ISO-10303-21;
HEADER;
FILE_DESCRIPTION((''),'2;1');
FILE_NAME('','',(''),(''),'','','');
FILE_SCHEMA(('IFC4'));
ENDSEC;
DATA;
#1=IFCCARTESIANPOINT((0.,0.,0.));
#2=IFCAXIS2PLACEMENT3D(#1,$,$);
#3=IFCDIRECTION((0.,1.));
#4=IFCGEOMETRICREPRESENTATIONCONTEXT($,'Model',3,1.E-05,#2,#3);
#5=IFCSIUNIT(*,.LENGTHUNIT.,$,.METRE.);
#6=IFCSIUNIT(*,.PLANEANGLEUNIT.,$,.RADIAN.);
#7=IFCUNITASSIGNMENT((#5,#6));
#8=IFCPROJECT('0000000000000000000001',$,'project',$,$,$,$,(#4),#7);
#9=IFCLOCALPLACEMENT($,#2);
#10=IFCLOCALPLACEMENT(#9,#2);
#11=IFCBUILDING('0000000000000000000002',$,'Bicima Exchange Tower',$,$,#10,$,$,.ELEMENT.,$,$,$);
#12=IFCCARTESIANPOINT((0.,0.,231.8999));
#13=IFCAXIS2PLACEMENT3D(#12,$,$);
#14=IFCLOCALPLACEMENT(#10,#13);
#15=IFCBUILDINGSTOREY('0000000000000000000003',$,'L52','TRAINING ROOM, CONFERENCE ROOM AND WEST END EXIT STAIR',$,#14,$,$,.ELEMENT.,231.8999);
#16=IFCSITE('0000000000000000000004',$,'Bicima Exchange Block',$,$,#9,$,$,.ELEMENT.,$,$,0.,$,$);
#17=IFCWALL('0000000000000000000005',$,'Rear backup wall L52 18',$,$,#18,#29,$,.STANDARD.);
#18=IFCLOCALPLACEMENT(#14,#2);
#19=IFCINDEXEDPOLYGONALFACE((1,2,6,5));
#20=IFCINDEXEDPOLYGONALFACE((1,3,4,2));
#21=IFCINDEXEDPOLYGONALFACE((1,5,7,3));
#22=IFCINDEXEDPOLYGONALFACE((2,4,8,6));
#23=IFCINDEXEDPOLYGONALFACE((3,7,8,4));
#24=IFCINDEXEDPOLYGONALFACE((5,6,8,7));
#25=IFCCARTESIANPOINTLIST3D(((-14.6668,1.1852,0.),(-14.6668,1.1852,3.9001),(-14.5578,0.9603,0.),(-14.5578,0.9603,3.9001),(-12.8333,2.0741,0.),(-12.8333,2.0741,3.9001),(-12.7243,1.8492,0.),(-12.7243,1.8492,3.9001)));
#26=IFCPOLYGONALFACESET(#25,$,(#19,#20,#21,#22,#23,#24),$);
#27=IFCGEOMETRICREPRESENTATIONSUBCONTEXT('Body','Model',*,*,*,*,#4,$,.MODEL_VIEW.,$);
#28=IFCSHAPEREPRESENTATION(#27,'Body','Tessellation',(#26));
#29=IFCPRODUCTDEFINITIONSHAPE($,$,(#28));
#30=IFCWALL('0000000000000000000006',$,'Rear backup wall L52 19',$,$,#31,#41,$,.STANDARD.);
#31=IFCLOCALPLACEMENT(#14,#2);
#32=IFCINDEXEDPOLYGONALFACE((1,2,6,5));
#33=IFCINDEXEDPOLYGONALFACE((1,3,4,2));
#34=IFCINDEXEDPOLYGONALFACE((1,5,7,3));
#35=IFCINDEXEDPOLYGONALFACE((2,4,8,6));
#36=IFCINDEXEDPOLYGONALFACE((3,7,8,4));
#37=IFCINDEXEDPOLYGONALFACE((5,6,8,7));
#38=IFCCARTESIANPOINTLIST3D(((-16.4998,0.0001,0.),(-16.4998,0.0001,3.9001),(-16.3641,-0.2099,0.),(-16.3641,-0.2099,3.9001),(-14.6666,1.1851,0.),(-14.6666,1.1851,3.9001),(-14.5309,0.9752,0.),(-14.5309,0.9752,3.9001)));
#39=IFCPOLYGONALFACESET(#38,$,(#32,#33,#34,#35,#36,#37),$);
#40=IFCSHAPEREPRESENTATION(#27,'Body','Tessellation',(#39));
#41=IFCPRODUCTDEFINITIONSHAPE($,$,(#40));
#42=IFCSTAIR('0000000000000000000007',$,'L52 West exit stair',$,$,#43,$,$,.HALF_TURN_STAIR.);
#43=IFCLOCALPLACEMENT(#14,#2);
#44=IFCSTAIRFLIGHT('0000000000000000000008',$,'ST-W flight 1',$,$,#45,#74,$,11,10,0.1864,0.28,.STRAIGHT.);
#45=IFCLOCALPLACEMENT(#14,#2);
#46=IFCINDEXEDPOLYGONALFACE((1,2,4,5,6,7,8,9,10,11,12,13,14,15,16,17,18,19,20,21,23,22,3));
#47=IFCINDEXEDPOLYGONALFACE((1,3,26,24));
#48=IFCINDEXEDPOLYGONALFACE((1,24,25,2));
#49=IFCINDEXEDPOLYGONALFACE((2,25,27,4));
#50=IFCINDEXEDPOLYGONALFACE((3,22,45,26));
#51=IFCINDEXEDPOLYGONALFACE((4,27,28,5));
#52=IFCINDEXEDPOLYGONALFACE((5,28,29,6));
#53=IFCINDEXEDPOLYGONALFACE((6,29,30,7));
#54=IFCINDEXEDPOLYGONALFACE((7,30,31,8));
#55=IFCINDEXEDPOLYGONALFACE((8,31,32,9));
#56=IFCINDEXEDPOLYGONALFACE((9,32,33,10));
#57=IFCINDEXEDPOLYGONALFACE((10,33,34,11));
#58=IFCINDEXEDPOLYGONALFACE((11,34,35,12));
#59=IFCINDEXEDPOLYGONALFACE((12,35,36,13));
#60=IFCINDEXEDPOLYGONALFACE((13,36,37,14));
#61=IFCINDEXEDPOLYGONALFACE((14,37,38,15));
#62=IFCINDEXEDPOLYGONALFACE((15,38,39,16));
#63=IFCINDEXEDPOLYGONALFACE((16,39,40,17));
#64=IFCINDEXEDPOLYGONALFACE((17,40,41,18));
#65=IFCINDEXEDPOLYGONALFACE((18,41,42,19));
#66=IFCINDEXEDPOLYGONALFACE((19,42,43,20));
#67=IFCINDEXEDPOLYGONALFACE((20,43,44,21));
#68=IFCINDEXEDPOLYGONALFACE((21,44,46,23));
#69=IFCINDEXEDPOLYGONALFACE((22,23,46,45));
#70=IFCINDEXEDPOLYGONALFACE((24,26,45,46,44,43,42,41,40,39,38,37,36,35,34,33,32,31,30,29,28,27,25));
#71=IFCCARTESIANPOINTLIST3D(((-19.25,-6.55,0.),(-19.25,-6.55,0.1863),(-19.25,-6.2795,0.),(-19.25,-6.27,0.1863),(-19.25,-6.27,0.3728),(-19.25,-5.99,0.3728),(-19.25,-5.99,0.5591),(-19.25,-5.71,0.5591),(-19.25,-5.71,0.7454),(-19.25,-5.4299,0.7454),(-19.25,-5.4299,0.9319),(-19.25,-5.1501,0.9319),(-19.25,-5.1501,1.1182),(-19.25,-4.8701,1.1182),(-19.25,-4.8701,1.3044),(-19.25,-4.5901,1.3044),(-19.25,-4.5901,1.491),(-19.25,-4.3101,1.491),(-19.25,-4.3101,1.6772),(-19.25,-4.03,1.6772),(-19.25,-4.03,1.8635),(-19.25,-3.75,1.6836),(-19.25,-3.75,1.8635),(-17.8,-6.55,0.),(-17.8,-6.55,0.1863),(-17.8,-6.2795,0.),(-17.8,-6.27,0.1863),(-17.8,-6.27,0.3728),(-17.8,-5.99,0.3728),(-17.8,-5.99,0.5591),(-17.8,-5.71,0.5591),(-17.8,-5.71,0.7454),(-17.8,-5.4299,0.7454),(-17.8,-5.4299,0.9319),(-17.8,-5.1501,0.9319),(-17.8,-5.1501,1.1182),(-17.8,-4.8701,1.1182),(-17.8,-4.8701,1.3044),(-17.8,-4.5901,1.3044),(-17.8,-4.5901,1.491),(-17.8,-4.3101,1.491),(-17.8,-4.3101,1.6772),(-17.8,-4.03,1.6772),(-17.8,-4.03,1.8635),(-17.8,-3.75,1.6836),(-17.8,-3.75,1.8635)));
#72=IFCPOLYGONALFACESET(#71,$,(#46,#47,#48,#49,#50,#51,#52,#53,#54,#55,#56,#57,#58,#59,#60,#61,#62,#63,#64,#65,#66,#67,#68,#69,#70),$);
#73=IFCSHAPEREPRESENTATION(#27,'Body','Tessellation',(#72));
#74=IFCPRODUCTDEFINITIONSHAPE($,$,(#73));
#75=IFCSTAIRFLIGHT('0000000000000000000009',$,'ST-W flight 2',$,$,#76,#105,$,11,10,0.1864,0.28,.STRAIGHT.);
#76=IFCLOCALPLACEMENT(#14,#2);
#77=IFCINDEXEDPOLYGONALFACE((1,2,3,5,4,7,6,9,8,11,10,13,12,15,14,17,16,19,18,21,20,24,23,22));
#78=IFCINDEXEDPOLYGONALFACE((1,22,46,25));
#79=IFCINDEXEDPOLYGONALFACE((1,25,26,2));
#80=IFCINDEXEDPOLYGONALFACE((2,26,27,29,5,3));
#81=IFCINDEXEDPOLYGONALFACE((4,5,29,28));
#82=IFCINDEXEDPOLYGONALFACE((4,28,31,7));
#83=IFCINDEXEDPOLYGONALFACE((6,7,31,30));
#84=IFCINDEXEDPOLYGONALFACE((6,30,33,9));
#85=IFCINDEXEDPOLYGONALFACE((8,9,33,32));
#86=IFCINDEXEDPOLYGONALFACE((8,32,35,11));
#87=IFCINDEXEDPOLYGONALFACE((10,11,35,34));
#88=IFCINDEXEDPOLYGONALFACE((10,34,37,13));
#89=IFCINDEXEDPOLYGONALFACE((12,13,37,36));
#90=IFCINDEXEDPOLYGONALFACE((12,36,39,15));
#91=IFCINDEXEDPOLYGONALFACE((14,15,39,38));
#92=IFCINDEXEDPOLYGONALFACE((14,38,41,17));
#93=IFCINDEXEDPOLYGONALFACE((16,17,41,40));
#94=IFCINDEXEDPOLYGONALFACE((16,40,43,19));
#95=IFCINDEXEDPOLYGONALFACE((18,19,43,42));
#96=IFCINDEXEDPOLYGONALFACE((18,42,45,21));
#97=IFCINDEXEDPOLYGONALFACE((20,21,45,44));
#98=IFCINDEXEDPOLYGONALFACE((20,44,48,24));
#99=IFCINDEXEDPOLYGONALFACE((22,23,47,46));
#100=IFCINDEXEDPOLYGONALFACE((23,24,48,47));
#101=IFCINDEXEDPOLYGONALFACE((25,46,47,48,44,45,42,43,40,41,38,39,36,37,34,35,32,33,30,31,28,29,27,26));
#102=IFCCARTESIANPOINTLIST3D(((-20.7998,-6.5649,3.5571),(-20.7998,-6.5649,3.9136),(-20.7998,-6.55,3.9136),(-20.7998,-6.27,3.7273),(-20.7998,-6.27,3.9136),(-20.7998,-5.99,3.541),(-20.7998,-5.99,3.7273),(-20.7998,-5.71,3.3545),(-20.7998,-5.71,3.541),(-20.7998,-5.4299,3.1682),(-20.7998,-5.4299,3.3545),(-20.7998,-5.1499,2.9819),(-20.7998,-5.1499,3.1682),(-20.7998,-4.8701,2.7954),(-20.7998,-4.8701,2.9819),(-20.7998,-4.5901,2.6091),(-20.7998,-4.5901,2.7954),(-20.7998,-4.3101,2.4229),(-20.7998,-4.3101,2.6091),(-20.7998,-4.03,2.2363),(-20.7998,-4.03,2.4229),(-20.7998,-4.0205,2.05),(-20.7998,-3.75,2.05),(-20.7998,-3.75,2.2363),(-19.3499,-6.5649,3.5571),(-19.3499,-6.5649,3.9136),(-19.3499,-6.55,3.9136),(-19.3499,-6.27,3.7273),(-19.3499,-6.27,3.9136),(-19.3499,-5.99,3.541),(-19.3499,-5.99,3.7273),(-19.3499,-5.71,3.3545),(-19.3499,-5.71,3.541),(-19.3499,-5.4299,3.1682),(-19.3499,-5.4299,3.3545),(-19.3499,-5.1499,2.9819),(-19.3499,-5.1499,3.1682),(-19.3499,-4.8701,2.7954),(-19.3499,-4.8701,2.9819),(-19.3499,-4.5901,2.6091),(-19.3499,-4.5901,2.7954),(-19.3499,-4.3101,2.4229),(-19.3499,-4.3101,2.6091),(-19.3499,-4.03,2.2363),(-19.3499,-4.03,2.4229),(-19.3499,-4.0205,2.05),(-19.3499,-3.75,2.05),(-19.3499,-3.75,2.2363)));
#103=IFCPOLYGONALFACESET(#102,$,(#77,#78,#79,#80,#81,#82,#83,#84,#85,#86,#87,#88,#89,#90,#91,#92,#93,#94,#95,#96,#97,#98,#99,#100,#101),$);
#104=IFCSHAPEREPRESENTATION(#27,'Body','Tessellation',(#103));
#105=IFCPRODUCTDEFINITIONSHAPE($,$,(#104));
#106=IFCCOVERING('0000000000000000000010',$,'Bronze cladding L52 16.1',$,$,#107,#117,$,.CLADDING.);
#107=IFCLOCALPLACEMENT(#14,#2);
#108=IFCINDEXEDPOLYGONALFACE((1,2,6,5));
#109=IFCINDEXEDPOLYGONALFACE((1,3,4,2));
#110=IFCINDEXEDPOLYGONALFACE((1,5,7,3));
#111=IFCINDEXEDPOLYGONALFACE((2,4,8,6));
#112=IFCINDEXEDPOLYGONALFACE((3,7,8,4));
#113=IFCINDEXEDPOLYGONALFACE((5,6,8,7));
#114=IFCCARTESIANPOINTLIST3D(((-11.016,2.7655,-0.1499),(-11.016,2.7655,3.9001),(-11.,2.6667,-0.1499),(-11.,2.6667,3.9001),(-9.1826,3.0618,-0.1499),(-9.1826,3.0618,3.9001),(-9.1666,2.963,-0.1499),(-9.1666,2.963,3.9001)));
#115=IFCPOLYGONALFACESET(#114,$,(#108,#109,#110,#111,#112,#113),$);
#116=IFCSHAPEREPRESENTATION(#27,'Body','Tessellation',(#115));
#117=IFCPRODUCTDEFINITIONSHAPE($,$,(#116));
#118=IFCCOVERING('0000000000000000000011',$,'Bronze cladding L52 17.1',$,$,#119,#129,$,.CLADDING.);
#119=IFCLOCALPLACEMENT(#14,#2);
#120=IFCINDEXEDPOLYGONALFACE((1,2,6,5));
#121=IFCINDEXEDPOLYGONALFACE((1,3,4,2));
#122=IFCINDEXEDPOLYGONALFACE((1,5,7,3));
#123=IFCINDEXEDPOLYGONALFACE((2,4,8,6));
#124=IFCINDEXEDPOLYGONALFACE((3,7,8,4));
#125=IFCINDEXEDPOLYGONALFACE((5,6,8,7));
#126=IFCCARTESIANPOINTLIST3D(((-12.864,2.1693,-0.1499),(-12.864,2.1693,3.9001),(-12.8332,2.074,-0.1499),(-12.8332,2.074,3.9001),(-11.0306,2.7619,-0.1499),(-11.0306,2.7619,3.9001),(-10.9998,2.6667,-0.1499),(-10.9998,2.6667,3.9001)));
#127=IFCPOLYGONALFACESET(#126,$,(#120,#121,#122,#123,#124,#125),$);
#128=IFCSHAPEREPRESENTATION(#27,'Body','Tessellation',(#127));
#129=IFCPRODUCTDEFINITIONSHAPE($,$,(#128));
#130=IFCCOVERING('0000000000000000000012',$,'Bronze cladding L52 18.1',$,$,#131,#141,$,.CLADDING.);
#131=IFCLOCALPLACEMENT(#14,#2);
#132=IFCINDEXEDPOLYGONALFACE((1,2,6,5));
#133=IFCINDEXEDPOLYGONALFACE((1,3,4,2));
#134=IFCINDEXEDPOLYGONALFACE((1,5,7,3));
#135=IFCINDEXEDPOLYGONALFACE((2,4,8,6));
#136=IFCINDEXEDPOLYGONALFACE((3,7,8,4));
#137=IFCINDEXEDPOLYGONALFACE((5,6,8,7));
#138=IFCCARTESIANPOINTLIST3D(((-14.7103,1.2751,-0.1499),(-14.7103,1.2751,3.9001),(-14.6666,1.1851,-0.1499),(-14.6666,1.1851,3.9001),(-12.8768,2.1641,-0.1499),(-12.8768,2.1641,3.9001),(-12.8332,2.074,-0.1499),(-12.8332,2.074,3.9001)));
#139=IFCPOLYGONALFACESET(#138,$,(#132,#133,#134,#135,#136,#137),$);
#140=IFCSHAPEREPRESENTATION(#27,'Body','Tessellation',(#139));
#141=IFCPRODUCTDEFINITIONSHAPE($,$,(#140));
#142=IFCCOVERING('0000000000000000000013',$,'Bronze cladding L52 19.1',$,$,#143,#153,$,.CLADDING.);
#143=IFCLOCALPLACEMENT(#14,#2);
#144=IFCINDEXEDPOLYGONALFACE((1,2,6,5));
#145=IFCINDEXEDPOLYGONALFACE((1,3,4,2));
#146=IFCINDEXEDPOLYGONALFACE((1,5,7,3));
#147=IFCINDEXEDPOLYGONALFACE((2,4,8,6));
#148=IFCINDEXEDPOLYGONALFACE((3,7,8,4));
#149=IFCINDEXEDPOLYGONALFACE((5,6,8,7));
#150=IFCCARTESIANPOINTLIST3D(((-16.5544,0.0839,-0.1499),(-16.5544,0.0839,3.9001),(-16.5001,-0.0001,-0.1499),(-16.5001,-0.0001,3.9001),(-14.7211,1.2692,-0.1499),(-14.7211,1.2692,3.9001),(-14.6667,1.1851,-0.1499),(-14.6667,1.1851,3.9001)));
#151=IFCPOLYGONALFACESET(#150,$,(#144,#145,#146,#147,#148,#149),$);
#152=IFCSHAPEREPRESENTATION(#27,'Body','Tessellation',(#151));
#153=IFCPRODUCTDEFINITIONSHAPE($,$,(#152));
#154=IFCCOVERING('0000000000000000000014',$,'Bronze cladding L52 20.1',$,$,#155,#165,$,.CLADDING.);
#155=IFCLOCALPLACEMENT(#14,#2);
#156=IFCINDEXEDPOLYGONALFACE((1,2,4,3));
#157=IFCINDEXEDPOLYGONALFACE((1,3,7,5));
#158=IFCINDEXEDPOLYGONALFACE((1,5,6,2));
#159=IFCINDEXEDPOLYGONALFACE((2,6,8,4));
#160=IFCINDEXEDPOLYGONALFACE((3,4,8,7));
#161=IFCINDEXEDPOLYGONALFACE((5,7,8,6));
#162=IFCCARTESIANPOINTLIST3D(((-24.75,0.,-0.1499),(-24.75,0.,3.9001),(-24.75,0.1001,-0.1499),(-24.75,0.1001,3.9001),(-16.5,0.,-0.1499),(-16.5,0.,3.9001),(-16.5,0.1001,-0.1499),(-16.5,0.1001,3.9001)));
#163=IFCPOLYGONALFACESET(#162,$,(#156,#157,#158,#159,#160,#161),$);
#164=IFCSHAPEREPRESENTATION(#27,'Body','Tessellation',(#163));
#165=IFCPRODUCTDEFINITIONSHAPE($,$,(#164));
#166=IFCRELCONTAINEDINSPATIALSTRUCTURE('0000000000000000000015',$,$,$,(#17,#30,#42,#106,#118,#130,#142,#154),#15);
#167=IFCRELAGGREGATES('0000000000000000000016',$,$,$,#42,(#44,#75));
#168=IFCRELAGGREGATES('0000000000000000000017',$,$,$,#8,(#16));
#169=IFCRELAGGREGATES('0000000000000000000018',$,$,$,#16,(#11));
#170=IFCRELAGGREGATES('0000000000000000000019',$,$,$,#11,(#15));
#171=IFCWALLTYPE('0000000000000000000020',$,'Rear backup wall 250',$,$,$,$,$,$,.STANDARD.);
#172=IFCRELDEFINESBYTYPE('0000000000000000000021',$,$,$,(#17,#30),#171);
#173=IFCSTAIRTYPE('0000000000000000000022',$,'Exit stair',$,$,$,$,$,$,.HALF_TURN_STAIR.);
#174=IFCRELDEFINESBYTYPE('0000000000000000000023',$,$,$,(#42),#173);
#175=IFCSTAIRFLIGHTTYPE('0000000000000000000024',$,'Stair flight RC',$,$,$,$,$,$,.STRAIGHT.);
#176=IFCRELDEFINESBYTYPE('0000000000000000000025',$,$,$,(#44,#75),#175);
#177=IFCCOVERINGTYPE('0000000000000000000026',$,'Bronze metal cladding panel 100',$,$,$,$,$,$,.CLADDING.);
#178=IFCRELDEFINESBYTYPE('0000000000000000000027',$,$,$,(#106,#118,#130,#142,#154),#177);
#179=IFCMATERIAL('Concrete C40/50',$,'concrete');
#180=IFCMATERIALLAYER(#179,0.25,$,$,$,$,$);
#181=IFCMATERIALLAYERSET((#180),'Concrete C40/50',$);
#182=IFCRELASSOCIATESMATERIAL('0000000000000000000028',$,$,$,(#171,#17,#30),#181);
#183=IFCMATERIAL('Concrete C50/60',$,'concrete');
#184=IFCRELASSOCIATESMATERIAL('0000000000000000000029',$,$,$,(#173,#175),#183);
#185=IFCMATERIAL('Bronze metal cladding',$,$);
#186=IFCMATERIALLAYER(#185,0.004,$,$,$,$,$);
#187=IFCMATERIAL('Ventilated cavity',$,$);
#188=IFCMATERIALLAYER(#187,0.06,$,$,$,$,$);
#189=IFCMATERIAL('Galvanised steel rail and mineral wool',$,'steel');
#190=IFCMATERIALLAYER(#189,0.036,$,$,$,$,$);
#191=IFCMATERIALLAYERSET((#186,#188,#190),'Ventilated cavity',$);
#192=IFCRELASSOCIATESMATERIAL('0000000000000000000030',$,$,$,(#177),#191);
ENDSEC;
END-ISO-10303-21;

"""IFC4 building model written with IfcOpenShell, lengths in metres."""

from ifc_helpers import new_model, si_unit, direction, frame, frame_2d, origin, origin_2d, place, context, subcontext, project, spatial, polyline, rectangle, outline, extrude, material, layer, layer_set, layer_usage, type_object, element, aggregate, save


model = new_model("IFC4")

# Units and contexts
model_context = context("Model", 3, precision=1e-05, world=origin(), true_north=direction((0.0, 1.0)))
body_context = subcontext(model_context, "Body", "Model", "MODEL_VIEW")
ifc_project = project(units=[si_unit("LENGTHUNIT", "METRE"), si_unit("PLANEANGLEUNIT", "RADIAN")], contexts=[model_context])

# Site, building, storey
site_placement = place(None, origin())
site = spatial("IfcSite", under=ifc_project, at=site_placement, Name="Bicima Exchange Block", CompositionType="ELEMENT", RefElevation=0.0)
building_placement = place(site_placement, origin())
building = spatial("IfcBuilding", under=site, at=building_placement, Name="Bicima Exchange Tower", CompositionType="ELEMENT")
storey_placement = place(building_placement, frame((0.0, 0.0, 231.8999)))
storey = spatial("IfcBuildingStorey", under=building, at=storey_placement, Name="L52", Description="TRAINING ROOM, CONFERENCE ROOM AND WEST END EXIT STAIR", CompositionType="ELEMENT", Elevation=231.8999)

# Shared definitions
ifc_material_1 = material(Name="Concrete C50/60", Category="concrete")

# Walls
ifc_material_2 = material(Name="Concrete C40/50", Category="concrete")
ifc_layer_1 = layer(ifc_material_2, 0.25)
ifc_layer_set_1 = layer_set([ifc_layer_1], Name="Concrete C40/50")
ifc_layer_usage = layer_usage(ifc_layer_set_1, "AXIS2", "POSITIVE", -0.125)
wall_type_1 = type_object("IfcWallType", Name="Rear backup wall 250", PredefinedType="STANDARD", material=ifc_layer_set_1)
wall_1_placement = place(storey_placement, frame((-12.7788, 1.9617, 0.0), z_axis=(0.0, 0.0, 1.0), x_axis=(-0.899824, -0.436253, 0.0)))
element("IfcWall", 1, at=wall_1_placement, inside=storey, type_object=wall_type_1, material=ifc_layer_usage, Name="Rear backup wall L52 18", PredefinedType="STANDARD", context=body_context, shape_type="SweptSolid", body=[
    extrude(rectangle(XDim=2.0376, YDim=0.25, at=frame_2d((1.0188, 0.0))), origin(), (0.0, 0.0, 1.0), 3.9001),
])
wall_2_placement = place(storey_placement, frame((-14.5989, 1.0801, 0.0), z_axis=(0.0, 0.0, 1.0), x_axis=(-0.839813, -0.542876, 0.0)))
element("IfcWall", 2, at=wall_2_placement, inside=storey, type_object=wall_type_1, material=ifc_layer_usage, Name="Rear backup wall L52 19", PredefinedType="STANDARD", context=body_context, shape_type="SweptSolid", body=[
    extrude(rectangle(XDim=2.1829, YDim=0.25, at=frame_2d((1.0913, 0.0))), origin(), (0.0, 0.0, 1.0), 3.9001),
])

# Stair, stair flights
stair_type = type_object("IfcStairType", Name="Exit stair", PredefinedType="HALF_TURN_STAIR", material=ifc_material_1)
stair_placement = place(storey_placement, origin())
stair = element("IfcStair", 3, at=stair_placement, inside=storey, type_object=stair_type, Name="L52 West exit stair", PredefinedType="HALF_TURN_STAIR")
stair_flight_type = type_object("IfcStairFlightType", Name="Stair flight RC", PredefinedType="STRAIGHT", material=ifc_material_1)
stair_flight_1_placement = place(storey_placement, frame((-18.5249, -6.55, 0.0), z_axis=(0.0, 0.0, 1.0), x_axis=(0.0, 1.0, 0.0)))
stair_flight_1 = element("IfcStairFlight", 4, at=stair_flight_1_placement, type_object=stair_flight_type, Name="ST-W flight 1", NumberOfRisers=11, NumberOfTreads=10, PredefinedType="STRAIGHT", RiserHeight=0.1864, TreadLength=0.28, context=body_context, shape_type="SweptSolid", body=[
    extrude(outline(polyline([(0.0, 0.0), (0.0, 0.1863), (0.28, 0.1863), (0.28, 0.3728), (0.5601, 0.3728), (0.5601, 0.5591), (0.8401, 0.5591), (0.8401, 0.7454), (1.1201, 0.7454), (1.1201, 0.9319), (1.3999, 0.9319), (1.3999, 1.1182), (1.6799, 1.1182), (1.6799, 1.3044), (1.96, 1.3044), (1.96, 1.491), (2.24, 1.491), (2.24, 1.6772), (2.52, 1.6772), (2.52, 1.8635), (2.8, 1.8635), (2.8, 2.05), (2.8, 1.6836), (0.2705, 0.0), (0.0, 0.0)])), frame((0.0, 0.7251, 0.0), z_axis=(0.0, -1.0, 0.0), x_axis=(1.0, 0.0, 0.0)), (0.0, 0.0, 1.0), 1.45),
])
stair_flight_2_placement = place(storey_placement, frame((-20.075, -3.75, 2.05), z_axis=(0.0, 0.0, 1.0), x_axis=(0.0, -1.0, 0.0)))
stair_flight_2 = element("IfcStairFlight", 5, at=stair_flight_2_placement, type_object=stair_flight_type, Name="ST-W flight 2", NumberOfRisers=11, NumberOfTreads=10, PredefinedType="STRAIGHT", RiserHeight=0.1864, TreadLength=0.28, context=body_context, shape_type="SweptSolid", body=[
    extrude(outline(polyline([(0.0, 0.0), (0.0, 0.1863), (0.28, 0.1863), (0.28, 0.3728), (0.5601, 0.3728), (0.5601, 0.5591), (0.8401, 0.5591), (0.8401, 0.7454), (1.1201, 0.7454), (1.1201, 0.9319), (1.3999, 0.9319), (1.3999, 1.1182), (1.6799, 1.1182), (1.6799, 1.3044), (1.96, 1.3044), (1.96, 1.491), (2.24, 1.491), (2.24, 1.6772), (2.52, 1.6772), (2.52, 1.8635), (2.8, 1.8635), (2.8149, 1.8635), (2.8149, 1.5071), (0.2705, 0.0), (0.0, 0.0)])), frame((0.0, 0.7251, 0.0), z_axis=(0.0, -1.0, 0.0), x_axis=(1.0, 0.0, 0.0)), (0.0, 0.0, 1.0), 1.45),
])
aggregate(stair, [stair_flight_1, stair_flight_2])

# Coverings
ifc_material_3 = material(Name="Bronze metal cladding")
ifc_layer_2 = layer(ifc_material_3, 0.004)
ifc_material_4 = material(Name="Ventilated cavity")
ifc_layer_3 = layer(ifc_material_4, 0.06)
ifc_material_5 = material(Name="Galvanised steel rail and mineral wool", Category="steel")
ifc_layer_4 = layer(ifc_material_5, 0.036)
ifc_layer_set_2 = layer_set([ifc_layer_2, ifc_layer_3, ifc_layer_4], Name="Ventilated cavity")
covering_type = type_object("IfcCoveringType", Name="Bronze metal cladding panel 100", PredefinedType="CLADDING", material=ifc_layer_set_2)
covering_1_placement = place(storey_placement, frame((-10.0913, 2.8643, -0.1499), z_axis=(0.0, 0.0, 1.0), x_axis=(-0.98719, -0.15955, 0.0)))
element("IfcCovering", 6, at=covering_1_placement, inside=storey, type_object=covering_type, Name="Bronze cladding L52 16.1", PredefinedType="CLADDING", context=body_context, shape_type="SweptSolid", body=[
    extrude(rectangle(XDim=1.8572, YDim=0.1001, at=origin_2d()), origin(), (0.0, 0.0, 1.0), 4.05),
])
covering_2_placement = place(storey_placement, frame((-11.9319, 2.418, -0.1499), z_axis=(0.0, 0.0, 1.0), x_axis=(-0.951525, -0.307573, 0.0)))
element("IfcCovering", 7, at=covering_2_placement, inside=storey, type_object=covering_type, Name="Bronze cladding L52 17.1", PredefinedType="CLADDING", context=body_context, shape_type="SweptSolid", body=[
    extrude(rectangle(XDim=1.9268, YDim=0.1001, at=origin_2d()), origin(), (0.0, 0.0, 1.0), 4.05),
])
covering_3_placement = place(storey_placement, frame((-13.7717, 1.6746, -0.1499), z_axis=(0.0, 0.0, 1.0), x_axis=(-0.899818, -0.436265, 0.0)))
element("IfcCovering", 8, at=covering_3_placement, inside=storey, type_object=covering_type, Name="Bronze cladding L52 18.1", PredefinedType="CLADDING", context=body_context, shape_type="SweptSolid", body=[
    extrude(rectangle(XDim=2.0376, YDim=0.1001, at=origin_2d()), origin(), (0.0, 0.0, 1.0), 4.05),
])
covering_4_placement = place(storey_placement, frame((-15.6106, 0.6345, -0.1499), z_axis=(0.0, 0.0, 1.0), x_axis=(-0.83979, -0.542911, 0.0)))
element("IfcCovering", 9, at=covering_4_placement, inside=storey, type_object=covering_type, Name="Bronze cladding L52 19.1", PredefinedType="CLADDING", context=body_context, shape_type="SweptSolid", body=[
    extrude(rectangle(XDim=2.1831, YDim=0.1001, at=origin_2d()), origin(), (0.0, 0.0, 1.0), 4.05),
])
covering_5_placement = place(storey_placement, frame((-20.625, 0.05, -0.1499), z_axis=(0.0, 0.0, 1.0), x_axis=(-1.0, 0.0, 0.0)))
element("IfcCovering", 10, at=covering_5_placement, inside=storey, type_object=covering_type, Name="Bronze cladding L52 20.1", PredefinedType="CLADDING", context=body_context, shape_type="SweptSolid", body=[
    extrude(rectangle(XDim=8.25, YDim=0.1001, at=origin_2d()), origin(), (0.0, 0.0, 1.0), 4.05),
])

save(model, "model.ifc")
